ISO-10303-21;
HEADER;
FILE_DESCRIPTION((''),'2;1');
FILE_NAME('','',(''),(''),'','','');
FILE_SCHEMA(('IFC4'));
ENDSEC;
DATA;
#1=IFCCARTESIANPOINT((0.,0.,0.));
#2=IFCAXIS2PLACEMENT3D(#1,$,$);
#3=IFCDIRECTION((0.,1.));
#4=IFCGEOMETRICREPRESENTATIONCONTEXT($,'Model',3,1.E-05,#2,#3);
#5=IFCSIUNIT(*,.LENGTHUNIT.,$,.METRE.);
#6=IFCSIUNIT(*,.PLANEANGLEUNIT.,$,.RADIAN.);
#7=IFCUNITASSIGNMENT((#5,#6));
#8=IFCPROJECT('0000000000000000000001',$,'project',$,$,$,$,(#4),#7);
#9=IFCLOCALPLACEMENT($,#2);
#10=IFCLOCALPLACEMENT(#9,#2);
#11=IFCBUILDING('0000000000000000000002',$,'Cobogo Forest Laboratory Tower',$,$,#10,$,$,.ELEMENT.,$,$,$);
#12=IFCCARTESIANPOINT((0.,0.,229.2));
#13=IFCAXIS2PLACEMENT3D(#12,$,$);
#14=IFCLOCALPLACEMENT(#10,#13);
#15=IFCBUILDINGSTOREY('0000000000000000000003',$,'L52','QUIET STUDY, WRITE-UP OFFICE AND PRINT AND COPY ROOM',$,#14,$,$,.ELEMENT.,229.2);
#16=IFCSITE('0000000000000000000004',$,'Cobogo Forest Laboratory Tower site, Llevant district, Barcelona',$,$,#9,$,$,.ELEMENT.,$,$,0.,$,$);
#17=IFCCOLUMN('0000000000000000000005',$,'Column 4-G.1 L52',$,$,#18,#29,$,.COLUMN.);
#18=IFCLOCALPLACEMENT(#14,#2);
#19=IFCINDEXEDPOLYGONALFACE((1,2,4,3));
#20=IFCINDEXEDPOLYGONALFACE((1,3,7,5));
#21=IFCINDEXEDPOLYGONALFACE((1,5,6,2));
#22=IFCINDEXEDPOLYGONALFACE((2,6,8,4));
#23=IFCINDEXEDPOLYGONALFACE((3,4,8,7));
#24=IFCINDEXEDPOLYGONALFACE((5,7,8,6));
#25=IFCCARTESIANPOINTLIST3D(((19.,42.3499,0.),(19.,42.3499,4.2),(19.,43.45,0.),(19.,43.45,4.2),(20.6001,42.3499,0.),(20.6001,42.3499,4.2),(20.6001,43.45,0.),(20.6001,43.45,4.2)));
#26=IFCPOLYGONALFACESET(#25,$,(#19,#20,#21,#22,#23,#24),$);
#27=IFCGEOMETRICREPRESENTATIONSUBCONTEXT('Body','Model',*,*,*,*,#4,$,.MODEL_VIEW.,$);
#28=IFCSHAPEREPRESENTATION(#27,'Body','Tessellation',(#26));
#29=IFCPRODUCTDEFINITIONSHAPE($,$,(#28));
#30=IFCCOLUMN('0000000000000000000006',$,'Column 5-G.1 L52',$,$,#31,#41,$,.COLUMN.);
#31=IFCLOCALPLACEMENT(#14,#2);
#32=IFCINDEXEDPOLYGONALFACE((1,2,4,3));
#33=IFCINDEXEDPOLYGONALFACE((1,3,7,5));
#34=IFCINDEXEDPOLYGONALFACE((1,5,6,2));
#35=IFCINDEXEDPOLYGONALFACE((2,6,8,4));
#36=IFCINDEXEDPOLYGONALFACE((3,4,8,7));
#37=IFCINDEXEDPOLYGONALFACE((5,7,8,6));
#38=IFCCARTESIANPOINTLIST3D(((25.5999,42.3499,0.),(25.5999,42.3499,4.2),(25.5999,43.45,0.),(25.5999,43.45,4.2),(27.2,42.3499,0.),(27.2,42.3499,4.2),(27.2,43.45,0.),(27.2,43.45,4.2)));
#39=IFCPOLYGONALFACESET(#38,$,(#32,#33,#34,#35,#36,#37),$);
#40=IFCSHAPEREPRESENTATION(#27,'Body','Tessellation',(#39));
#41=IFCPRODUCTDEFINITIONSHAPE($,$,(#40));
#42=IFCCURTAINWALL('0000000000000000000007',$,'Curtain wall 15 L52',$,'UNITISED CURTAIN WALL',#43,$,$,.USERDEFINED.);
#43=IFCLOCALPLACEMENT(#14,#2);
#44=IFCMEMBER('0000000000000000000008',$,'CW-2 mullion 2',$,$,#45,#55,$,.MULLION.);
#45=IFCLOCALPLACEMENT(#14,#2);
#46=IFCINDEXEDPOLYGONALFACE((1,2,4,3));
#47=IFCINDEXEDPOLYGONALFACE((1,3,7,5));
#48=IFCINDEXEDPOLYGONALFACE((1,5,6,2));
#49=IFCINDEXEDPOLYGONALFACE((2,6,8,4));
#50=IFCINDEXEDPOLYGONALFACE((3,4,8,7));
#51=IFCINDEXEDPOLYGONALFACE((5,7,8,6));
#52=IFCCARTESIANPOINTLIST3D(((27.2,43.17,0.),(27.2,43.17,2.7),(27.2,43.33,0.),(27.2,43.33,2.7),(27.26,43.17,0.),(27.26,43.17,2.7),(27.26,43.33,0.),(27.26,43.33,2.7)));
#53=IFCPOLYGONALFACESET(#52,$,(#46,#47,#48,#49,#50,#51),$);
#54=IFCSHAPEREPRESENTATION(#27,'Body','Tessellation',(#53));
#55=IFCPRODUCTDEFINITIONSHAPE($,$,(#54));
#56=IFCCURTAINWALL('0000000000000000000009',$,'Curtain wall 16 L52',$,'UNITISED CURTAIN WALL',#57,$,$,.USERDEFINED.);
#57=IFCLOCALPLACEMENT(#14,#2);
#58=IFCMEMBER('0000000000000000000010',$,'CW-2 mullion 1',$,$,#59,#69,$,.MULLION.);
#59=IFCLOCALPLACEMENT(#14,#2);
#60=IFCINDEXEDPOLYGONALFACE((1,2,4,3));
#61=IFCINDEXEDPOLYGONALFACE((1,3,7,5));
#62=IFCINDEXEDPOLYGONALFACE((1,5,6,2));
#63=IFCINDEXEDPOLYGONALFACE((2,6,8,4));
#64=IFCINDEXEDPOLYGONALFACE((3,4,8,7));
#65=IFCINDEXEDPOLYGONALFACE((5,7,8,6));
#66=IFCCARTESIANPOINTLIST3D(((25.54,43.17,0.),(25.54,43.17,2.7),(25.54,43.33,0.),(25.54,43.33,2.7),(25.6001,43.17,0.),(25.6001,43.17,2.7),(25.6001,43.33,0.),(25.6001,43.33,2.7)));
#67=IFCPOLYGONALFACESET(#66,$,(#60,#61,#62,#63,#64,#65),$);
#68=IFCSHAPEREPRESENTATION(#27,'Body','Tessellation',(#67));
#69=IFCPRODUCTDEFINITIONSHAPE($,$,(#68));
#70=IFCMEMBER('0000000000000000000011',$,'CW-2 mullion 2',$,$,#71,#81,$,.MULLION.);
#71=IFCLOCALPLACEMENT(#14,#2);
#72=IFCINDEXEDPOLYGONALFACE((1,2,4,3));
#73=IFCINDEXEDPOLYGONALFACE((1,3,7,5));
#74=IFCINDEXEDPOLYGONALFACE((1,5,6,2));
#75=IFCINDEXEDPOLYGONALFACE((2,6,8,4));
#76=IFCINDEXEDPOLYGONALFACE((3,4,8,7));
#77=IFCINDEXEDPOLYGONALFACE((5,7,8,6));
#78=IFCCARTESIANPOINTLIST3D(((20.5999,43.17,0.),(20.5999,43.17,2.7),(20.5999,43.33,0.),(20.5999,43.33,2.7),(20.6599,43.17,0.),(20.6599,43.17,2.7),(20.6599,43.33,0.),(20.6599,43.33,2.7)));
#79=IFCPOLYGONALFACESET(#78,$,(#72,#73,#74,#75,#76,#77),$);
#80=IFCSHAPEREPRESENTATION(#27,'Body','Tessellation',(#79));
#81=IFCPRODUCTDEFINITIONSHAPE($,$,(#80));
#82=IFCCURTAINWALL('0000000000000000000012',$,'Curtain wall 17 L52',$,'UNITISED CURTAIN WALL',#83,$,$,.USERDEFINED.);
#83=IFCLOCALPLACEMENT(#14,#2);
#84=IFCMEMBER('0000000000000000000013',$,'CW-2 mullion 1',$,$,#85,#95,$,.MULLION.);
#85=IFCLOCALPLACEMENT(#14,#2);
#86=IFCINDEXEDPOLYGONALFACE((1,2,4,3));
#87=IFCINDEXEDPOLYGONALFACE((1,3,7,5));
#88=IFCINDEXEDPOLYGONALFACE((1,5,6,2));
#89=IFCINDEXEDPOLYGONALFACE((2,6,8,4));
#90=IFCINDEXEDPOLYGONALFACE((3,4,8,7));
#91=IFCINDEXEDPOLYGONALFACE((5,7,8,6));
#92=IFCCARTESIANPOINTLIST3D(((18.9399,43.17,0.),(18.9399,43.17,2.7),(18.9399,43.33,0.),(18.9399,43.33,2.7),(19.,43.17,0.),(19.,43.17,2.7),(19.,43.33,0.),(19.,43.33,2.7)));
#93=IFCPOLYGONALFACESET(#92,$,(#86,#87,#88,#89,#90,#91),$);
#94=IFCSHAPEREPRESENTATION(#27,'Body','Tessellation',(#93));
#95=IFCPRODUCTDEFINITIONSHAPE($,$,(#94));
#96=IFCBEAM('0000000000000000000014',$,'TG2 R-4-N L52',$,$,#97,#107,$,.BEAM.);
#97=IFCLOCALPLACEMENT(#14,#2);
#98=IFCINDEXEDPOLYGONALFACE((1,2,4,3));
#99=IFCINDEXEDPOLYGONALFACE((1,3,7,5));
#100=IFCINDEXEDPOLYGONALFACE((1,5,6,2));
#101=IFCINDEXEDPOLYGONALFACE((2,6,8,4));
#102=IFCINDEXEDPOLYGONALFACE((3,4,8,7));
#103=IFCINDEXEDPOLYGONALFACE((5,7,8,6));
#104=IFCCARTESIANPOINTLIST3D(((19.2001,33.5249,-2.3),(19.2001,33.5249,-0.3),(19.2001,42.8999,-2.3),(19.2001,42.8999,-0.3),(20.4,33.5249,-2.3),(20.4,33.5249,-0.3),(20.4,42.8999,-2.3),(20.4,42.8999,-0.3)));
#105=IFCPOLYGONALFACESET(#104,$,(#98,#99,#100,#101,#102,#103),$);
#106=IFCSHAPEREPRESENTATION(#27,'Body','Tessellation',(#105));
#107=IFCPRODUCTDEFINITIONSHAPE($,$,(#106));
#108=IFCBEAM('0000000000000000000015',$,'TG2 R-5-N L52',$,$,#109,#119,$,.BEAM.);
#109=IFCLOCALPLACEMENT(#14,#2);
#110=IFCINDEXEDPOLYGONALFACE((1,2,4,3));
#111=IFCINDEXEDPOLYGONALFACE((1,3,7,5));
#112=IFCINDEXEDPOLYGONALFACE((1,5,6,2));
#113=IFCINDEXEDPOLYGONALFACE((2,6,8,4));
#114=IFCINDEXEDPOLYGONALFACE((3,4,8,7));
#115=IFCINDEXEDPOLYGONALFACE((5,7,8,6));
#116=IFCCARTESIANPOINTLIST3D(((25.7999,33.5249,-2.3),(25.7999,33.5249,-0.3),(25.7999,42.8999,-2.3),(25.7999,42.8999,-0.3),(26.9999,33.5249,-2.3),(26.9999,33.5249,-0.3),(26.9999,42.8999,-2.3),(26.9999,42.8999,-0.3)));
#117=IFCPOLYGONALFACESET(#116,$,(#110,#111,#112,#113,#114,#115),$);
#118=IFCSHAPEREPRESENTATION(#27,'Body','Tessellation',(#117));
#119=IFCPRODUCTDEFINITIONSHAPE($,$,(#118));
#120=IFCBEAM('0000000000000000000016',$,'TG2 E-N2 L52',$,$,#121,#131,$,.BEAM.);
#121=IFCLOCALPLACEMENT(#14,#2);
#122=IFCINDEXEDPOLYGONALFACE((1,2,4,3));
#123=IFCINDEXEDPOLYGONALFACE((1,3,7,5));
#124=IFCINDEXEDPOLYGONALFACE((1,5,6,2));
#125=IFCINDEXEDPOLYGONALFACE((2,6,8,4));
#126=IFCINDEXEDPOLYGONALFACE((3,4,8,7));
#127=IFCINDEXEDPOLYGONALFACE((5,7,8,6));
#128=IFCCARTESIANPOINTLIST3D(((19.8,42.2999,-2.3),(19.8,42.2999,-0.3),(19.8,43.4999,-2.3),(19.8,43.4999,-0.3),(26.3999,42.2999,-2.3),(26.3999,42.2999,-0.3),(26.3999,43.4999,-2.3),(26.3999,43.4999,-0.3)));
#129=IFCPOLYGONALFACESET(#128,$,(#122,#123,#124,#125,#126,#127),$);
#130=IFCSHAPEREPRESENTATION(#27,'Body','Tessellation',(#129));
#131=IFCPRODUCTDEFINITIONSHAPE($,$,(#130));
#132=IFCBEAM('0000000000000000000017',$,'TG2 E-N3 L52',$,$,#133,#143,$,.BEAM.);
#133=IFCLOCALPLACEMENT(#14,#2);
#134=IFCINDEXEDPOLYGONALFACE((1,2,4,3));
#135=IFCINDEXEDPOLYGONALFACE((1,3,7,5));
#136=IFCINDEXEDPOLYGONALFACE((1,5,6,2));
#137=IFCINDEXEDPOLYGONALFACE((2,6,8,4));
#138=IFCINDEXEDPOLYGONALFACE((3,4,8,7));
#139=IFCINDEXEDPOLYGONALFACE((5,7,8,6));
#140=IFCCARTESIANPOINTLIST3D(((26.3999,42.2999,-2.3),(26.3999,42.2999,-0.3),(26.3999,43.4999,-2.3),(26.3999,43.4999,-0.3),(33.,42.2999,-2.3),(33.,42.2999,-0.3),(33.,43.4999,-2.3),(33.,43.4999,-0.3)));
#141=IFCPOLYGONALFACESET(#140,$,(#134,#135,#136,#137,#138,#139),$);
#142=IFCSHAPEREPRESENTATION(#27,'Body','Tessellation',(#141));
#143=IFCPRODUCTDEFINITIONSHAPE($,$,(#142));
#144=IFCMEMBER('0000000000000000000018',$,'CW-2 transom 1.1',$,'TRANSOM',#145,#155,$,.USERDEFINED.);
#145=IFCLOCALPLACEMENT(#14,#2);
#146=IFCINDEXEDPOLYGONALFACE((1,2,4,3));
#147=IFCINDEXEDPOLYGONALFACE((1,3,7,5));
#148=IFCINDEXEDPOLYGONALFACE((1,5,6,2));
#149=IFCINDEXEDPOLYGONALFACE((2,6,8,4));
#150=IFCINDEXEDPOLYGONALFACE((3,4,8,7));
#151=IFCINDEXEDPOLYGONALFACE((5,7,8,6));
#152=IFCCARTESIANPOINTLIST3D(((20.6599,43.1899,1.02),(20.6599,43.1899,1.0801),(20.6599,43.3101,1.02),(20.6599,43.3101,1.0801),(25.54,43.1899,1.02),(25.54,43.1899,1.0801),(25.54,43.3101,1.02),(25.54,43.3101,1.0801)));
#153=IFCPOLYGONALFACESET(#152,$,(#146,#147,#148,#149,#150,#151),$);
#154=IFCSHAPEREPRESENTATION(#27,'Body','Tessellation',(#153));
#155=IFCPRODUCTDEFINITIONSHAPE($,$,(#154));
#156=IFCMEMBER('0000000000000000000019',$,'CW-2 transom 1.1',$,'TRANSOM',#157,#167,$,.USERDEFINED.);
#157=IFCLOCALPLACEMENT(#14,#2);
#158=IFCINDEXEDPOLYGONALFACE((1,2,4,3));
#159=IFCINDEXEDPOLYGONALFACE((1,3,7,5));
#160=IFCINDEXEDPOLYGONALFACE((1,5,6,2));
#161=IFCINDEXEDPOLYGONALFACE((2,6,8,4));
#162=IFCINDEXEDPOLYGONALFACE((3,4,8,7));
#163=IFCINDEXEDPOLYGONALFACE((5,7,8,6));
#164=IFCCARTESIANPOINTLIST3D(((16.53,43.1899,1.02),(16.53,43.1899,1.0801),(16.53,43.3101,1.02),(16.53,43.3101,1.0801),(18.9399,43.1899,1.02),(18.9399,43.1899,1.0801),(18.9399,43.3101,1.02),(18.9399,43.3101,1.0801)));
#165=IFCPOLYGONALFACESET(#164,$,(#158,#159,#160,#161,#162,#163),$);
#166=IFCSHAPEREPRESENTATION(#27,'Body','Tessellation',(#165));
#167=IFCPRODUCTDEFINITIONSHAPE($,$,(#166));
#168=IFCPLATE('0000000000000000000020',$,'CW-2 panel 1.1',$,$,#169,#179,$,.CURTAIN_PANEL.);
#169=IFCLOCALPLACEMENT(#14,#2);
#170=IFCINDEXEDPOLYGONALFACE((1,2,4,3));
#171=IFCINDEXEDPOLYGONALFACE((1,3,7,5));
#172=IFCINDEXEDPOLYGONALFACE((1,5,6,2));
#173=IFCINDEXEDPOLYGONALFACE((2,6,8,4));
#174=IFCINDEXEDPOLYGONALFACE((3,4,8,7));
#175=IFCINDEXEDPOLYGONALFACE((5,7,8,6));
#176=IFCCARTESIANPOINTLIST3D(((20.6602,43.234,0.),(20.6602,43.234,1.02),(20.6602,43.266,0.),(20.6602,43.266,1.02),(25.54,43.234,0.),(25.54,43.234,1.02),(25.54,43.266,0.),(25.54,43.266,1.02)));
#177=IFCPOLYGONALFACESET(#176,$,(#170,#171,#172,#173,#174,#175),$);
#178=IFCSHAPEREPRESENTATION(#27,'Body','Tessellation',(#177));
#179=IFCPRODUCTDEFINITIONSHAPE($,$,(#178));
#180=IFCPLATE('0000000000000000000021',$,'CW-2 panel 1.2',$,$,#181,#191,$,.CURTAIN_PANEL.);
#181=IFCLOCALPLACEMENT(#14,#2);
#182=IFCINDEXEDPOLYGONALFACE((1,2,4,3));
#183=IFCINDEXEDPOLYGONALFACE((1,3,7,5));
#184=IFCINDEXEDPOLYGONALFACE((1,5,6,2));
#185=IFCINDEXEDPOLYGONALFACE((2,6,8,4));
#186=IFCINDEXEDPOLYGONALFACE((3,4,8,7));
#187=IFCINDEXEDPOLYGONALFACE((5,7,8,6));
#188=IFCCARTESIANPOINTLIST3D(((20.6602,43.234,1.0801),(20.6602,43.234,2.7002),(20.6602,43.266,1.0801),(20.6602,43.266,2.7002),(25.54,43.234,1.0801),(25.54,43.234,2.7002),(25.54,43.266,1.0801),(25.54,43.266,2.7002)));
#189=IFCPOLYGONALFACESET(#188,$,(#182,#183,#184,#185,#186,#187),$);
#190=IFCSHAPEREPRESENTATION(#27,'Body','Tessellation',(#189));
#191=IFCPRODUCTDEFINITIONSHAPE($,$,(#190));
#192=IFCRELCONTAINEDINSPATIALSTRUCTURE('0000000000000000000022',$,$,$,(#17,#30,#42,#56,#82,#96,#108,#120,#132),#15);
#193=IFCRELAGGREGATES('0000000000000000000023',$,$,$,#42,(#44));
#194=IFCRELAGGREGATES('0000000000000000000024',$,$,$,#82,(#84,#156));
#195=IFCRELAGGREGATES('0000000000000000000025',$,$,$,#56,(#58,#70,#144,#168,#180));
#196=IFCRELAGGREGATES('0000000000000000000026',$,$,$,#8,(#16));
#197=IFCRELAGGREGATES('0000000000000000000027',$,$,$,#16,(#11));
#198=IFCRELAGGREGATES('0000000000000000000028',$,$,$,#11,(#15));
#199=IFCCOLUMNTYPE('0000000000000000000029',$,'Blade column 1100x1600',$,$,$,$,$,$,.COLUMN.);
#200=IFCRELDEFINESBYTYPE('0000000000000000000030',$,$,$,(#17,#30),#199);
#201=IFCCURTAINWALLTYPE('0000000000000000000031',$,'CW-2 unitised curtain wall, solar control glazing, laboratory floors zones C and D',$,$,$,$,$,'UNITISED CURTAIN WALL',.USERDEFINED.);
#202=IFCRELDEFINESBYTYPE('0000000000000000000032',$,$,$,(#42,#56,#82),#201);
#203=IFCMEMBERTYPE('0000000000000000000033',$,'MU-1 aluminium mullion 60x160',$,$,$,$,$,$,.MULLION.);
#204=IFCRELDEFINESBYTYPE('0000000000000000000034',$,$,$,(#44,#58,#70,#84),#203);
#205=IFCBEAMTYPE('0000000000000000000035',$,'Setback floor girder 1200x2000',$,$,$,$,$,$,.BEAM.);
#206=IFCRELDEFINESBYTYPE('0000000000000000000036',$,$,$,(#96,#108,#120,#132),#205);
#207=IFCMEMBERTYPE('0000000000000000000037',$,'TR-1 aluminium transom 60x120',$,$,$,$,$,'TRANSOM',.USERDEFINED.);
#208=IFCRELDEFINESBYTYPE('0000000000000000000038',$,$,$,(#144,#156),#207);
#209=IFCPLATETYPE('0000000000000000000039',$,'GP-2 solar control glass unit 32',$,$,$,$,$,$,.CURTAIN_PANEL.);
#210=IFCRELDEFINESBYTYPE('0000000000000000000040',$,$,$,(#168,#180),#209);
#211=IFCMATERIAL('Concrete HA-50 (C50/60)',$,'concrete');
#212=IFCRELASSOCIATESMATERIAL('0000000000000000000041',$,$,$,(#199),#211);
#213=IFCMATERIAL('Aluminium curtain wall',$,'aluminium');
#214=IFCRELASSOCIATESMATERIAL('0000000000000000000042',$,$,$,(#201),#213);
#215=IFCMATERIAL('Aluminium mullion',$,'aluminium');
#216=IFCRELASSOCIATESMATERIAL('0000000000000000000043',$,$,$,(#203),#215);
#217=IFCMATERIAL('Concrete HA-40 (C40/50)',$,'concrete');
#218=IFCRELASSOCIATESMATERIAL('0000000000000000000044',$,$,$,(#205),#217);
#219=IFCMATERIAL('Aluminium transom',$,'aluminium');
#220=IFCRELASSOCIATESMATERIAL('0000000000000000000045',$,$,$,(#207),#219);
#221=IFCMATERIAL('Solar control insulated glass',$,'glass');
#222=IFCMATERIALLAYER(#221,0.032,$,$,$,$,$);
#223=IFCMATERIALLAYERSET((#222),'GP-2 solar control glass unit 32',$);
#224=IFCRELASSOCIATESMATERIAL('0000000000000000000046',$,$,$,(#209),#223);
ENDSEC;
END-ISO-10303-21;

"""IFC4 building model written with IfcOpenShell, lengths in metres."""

from ifc_helpers import new_model, si_unit, direction, frame, origin, origin_2d, place, context, subcontext, project, spatial, rectangle, extrude, material, layer, layer_set, material_profile, profile_set, type_object, element, aggregate, save


model = new_model("IFC4")

# Units and contexts
model_context = context("Model", 3, precision=1e-05, world=origin(), true_north=direction((0.0, 1.0)))
body_context = subcontext(model_context, "Body", "Model", "MODEL_VIEW")
ifc_project = project(units=[si_unit("LENGTHUNIT", "METRE"), si_unit("PLANEANGLEUNIT", "RADIAN")], contexts=[model_context])

# Site, building, storey
site_placement = place(None, origin())
site = spatial("IfcSite", under=ifc_project, at=site_placement, Name="Cobogo Forest Laboratory Tower site, Llevant district, Barcelona", CompositionType="ELEMENT", RefElevation=0.0)
building_placement = place(site_placement, origin())
building = spatial("IfcBuilding", under=site, at=building_placement, Name="Cobogo Forest Laboratory Tower", CompositionType="ELEMENT")
storey_placement = place(building_placement, frame((0.0, 0.0, 229.2)))
storey = spatial("IfcBuildingStorey", under=building, at=storey_placement, Name="L52", Description="QUIET STUDY, WRITE-UP OFFICE AND PRINT AND COPY ROOM", CompositionType="ELEMENT", Elevation=229.2)

# Columns
ifc_material_1 = material(Name="Concrete HA-50 (C50/60)", Category="concrete")
ifc_material_profile_1 = material_profile(ifc_material_1, rectangle(XDim=1.6001, YDim=1.1001, at=origin_2d()), Name="RC 1100x1600")
ifc_profile_set_1 = profile_set([ifc_material_profile_1], Name="Concrete HA-50 (C50/60)")
column_type = type_object("IfcColumnType", Name="Blade column 1100x1600", PredefinedType="COLUMN", material=ifc_profile_set_1)
for number, where, z_axis, x_axis, name in (
    (1, (19.8, 42.8999, 0.0), (0.0, 0.0, 1.0), (1.0, 0.0, 0.0), "Column 4-G.1 L52"),
    (2, (26.3999, 42.8999, 0.0), (0.0, 0.0, 1.0), (1.0, 0.0, 0.0), "Column 5-G.1 L52"),
):
    element("IfcColumn", number, at=place(storey_placement, frame(where, z_axis=z_axis, x_axis=x_axis)), inside=storey, type_object=column_type, Name=name, PredefinedType="COLUMN", context=body_context, shape_type="SweptSolid", body=[
        extrude(rectangle(XDim=1.6001, YDim=1.1001, at=origin_2d()), origin(), (0.0, 0.0, 1.0), 4.2),
    ])

# Curtain wall, member
ifc_material_2 = material(Name="Aluminium curtain wall", Category="aluminium")
curtain_wall_type = type_object("IfcCurtainWallType", Name="CW-2 unitised curtain wall, solar control glazing, laboratory floors zones C and D", ElementType="UNITISED CURTAIN WALL", PredefinedType="USERDEFINED", material=ifc_material_2)
curtain_wall_1_placement = place(storey_placement, origin())
curtain_wall_1 = element("IfcCurtainWall", 3, at=curtain_wall_1_placement, inside=storey, type_object=curtain_wall_type, Name="Curtain wall 15 L52", ObjectType="UNITISED CURTAIN WALL", PredefinedType="USERDEFINED")
ifc_material_3 = material(Name="Aluminium mullion", Category="aluminium")
ifc_material_profile_2 = material_profile(ifc_material_3, rectangle(XDim=0.0601, YDim=0.1599, at=origin_2d()), Name="AL 60x160")
ifc_profile_set_2 = profile_set([ifc_material_profile_2], Name="Aluminium mullion")
member_type_1 = type_object("IfcMemberType", Name="MU-1 aluminium mullion 60x160", PredefinedType="MULLION", material=ifc_profile_set_2)
member_1_placement = place(storey_placement, frame((27.23, 43.25, 0.0), z_axis=(0.0, 0.0, 1.0), x_axis=(-1.0, 0.0, 0.0)))
member_1 = element("IfcMember", 4, at=member_1_placement, type_object=member_type_1, Name="CW-2 mullion 2", PredefinedType="MULLION", context=body_context, shape_type="SweptSolid", body=[
    extrude(rectangle(XDim=0.0601, YDim=0.1599, at=origin_2d()), origin(), (0.0, 0.0, 1.0), 2.7),
])
aggregate(curtain_wall_1, [member_1])

# Curtain wall, members
curtain_wall_2_placement = place(storey_placement, origin())
curtain_wall_2 = element("IfcCurtainWall", 5, at=curtain_wall_2_placement, inside=storey, type_object=curtain_wall_type, Name="Curtain wall 16 L52", ObjectType="UNITISED CURTAIN WALL", PredefinedType="USERDEFINED")
member_2_placement = place(storey_placement, frame((25.5701, 43.25, 0.0), z_axis=(0.0, 0.0, 1.0), x_axis=(-1.0, 0.0, 0.0)))
member_2 = element("IfcMember", 6, at=member_2_placement, type_object=member_type_1, Name="CW-2 mullion 1", PredefinedType="MULLION", context=body_context, shape_type="SweptSolid", body=[
    extrude(rectangle(XDim=0.0601, YDim=0.1599, at=origin_2d()), origin(), (0.0, 0.0, 1.0), 2.7),
])
member_3_placement = place(storey_placement, frame((20.6299, 43.25, 0.0), z_axis=(0.0, 0.0, 1.0), x_axis=(-1.0, 0.0, 0.0)))
member_3 = element("IfcMember", 7, at=member_3_placement, type_object=member_type_1, Name="CW-2 mullion 2", PredefinedType="MULLION", context=body_context, shape_type="SweptSolid", body=[
    extrude(rectangle(XDim=0.0601, YDim=0.1599, at=origin_2d()), origin(), (0.0, 0.0, 1.0), 2.7),
])

# Curtain wall, member
curtain_wall_3_placement = place(storey_placement, origin())
curtain_wall_3 = element("IfcCurtainWall", 8, at=curtain_wall_3_placement, inside=storey, type_object=curtain_wall_type, Name="Curtain wall 17 L52", ObjectType="UNITISED CURTAIN WALL", PredefinedType="USERDEFINED")
member_4_placement = place(storey_placement, frame((18.97, 43.25, 0.0), z_axis=(0.0, 0.0, 1.0), x_axis=(-1.0, 0.0, 0.0)))
member_4 = element("IfcMember", 9, at=member_4_placement, type_object=member_type_1, Name="CW-2 mullion 1", PredefinedType="MULLION", context=body_context, shape_type="SweptSolid", body=[
    extrude(rectangle(XDim=0.0601, YDim=0.1599, at=origin_2d()), origin(), (0.0, 0.0, 1.0), 2.7),
])

# Beams
ifc_material_4 = material(Name="Concrete HA-40 (C40/50)", Category="concrete")
ifc_material_profile_3 = material_profile(ifc_material_4, rectangle(XDim=1.2, YDim=2.0, at=origin_2d()), Name="RC 1200x2000")
ifc_profile_set_3 = profile_set([ifc_material_profile_3], Name="Concrete HA-40 (C40/50)")
beam_type = type_object("IfcBeamType", Name="Setback floor girder 1200x2000", PredefinedType="BEAM", material=ifc_profile_set_3)
for number, where, z_axis, x_axis, name in (
    (10, (19.8, 33.5249, -1.3), (0.0, 1.0, 0.0), (-1.0, 0.0, 0.0), "TG2 R-4-N L52"),
    (11, (26.3999, 33.5249, -1.3), (0.0, 1.0, 0.0), (-1.0, 0.0, 0.0), "TG2 R-5-N L52"),
):
    element("IfcBeam", number, at=place(storey_placement, frame(where, z_axis=z_axis, x_axis=x_axis)), inside=storey, type_object=beam_type, Name=name, PredefinedType="BEAM", context=body_context, shape_type="SweptSolid", body=[
        extrude(rectangle(XDim=1.2, YDim=2.0, at=origin_2d()), origin(), (0.0, 0.0, 1.0), 9.375),
    ])
beam_1_placement = place(storey_placement, frame((19.8, 42.8999, -1.3), z_axis=(1.0, 0.0, 0.0), x_axis=(0.0, 1.0, 0.0)))
element("IfcBeam", 12, at=beam_1_placement, inside=storey, type_object=beam_type, Name="TG2 E-N2 L52", PredefinedType="BEAM", context=body_context, shape_type="SweptSolid", body=[
    extrude(rectangle(XDim=1.2, YDim=2.0, at=origin_2d()), origin(), (0.0, 0.0, 1.0), 6.5999),
])
beam_2_placement = place(storey_placement, frame((26.3999, 42.8999, -1.3), z_axis=(1.0, 0.0, 0.0), x_axis=(0.0, 1.0, 0.0)))
element("IfcBeam", 13, at=beam_2_placement, inside=storey, type_object=beam_type, Name="TG2 E-N3 L52", PredefinedType="BEAM", context=body_context, shape_type="SweptSolid", body=[
    extrude(rectangle(XDim=1.2, YDim=2.0, at=origin_2d()), origin(), (0.0, 0.0, 1.0), 6.6001),
])

# Members
ifc_material_5 = material(Name="Aluminium transom", Category="aluminium")
ifc_material_profile_4 = material_profile(ifc_material_5, rectangle(XDim=0.1201, YDim=0.0601, at=origin_2d()), Name="AL 60x120")
ifc_profile_set_4 = profile_set([ifc_material_profile_4], Name="Aluminium transom")
member_type_2 = type_object("IfcMemberType", Name="TR-1 aluminium transom 60x120", ElementType="TRANSOM", PredefinedType="USERDEFINED", material=ifc_profile_set_4)
member_5_placement = place(storey_placement, frame((25.54, 43.25, 1.05), z_axis=(-1.0, 0.0, 0.0), x_axis=(0.0, -1.0, 0.0)))
member_5 = element("IfcMember", 14, at=member_5_placement, type_object=member_type_2, Name="CW-2 transom 1.1", ObjectType="TRANSOM", PredefinedType="USERDEFINED", context=body_context, shape_type="SweptSolid", body=[
    extrude(rectangle(XDim=0.1201, YDim=0.0601, at=origin_2d()), origin(), (0.0, 0.0, 1.0), 4.8801),
])
member_6_placement = place(storey_placement, frame((18.9399, 43.25, 1.05), z_axis=(-1.0, 0.0, 0.0), x_axis=(0.0, -1.0, 0.0)))
member_6 = element("IfcMember", 15, at=member_6_placement, type_object=member_type_2, Name="CW-2 transom 1.1", ObjectType="TRANSOM", PredefinedType="USERDEFINED", context=body_context, shape_type="SweptSolid", body=[
    extrude(rectangle(XDim=0.1201, YDim=0.0601, at=origin_2d()), origin(), (0.0, 0.0, 1.0), 2.4099),
])
aggregate(curtain_wall_3, [member_4, member_6])

# Plates
ifc_material_6 = material(Name="Solar control insulated glass", Category="glass")
ifc_layer_1 = layer(ifc_material_6, 0.032)
ifc_layer_set_1 = layer_set([ifc_layer_1], Name="GP-2 solar control glass unit 32")
plate_type_1 = type_object("IfcPlateType", Name="GP-2 solar control glass unit 32", PredefinedType="CURTAIN_PANEL", material=ifc_layer_set_1)
plate_1_placement = place(storey_placement, frame((23.1001, 43.25, 0.0), z_axis=(0.0, 0.0, 1.0), x_axis=(-1.0, 0.0, 0.0)))
plate_1 = element("IfcPlate", 16, at=plate_1_placement, type_object=plate_type_1, Name="CW-2 panel 1.1", PredefinedType="CURTAIN_PANEL", context=body_context, shape_type="SweptSolid", body=[
    extrude(rectangle(XDim=4.8799, YDim=0.032, at=origin_2d()), origin(), (0.0, 0.0, 1.0), 1.02),
])
plate_2_placement = place(storey_placement, frame((23.1001, 43.25, 1.0801), z_axis=(0.0, 0.0, 1.0), x_axis=(-1.0, 0.0, 0.0)))
plate_2 = element("IfcPlate", 17, at=plate_2_placement, type_object=plate_type_1, Name="CW-2 panel 1.2", PredefinedType="CURTAIN_PANEL", context=body_context, shape_type="SweptSolid", body=[
    extrude(rectangle(XDim=4.8799, YDim=0.032, at=origin_2d()), origin(), (0.0, 0.0, 1.0), 1.6201),
])
aggregate(curtain_wall_2, [member_2, member_3, member_5, plate_1, plate_2])

save(model, "model.ifc")
